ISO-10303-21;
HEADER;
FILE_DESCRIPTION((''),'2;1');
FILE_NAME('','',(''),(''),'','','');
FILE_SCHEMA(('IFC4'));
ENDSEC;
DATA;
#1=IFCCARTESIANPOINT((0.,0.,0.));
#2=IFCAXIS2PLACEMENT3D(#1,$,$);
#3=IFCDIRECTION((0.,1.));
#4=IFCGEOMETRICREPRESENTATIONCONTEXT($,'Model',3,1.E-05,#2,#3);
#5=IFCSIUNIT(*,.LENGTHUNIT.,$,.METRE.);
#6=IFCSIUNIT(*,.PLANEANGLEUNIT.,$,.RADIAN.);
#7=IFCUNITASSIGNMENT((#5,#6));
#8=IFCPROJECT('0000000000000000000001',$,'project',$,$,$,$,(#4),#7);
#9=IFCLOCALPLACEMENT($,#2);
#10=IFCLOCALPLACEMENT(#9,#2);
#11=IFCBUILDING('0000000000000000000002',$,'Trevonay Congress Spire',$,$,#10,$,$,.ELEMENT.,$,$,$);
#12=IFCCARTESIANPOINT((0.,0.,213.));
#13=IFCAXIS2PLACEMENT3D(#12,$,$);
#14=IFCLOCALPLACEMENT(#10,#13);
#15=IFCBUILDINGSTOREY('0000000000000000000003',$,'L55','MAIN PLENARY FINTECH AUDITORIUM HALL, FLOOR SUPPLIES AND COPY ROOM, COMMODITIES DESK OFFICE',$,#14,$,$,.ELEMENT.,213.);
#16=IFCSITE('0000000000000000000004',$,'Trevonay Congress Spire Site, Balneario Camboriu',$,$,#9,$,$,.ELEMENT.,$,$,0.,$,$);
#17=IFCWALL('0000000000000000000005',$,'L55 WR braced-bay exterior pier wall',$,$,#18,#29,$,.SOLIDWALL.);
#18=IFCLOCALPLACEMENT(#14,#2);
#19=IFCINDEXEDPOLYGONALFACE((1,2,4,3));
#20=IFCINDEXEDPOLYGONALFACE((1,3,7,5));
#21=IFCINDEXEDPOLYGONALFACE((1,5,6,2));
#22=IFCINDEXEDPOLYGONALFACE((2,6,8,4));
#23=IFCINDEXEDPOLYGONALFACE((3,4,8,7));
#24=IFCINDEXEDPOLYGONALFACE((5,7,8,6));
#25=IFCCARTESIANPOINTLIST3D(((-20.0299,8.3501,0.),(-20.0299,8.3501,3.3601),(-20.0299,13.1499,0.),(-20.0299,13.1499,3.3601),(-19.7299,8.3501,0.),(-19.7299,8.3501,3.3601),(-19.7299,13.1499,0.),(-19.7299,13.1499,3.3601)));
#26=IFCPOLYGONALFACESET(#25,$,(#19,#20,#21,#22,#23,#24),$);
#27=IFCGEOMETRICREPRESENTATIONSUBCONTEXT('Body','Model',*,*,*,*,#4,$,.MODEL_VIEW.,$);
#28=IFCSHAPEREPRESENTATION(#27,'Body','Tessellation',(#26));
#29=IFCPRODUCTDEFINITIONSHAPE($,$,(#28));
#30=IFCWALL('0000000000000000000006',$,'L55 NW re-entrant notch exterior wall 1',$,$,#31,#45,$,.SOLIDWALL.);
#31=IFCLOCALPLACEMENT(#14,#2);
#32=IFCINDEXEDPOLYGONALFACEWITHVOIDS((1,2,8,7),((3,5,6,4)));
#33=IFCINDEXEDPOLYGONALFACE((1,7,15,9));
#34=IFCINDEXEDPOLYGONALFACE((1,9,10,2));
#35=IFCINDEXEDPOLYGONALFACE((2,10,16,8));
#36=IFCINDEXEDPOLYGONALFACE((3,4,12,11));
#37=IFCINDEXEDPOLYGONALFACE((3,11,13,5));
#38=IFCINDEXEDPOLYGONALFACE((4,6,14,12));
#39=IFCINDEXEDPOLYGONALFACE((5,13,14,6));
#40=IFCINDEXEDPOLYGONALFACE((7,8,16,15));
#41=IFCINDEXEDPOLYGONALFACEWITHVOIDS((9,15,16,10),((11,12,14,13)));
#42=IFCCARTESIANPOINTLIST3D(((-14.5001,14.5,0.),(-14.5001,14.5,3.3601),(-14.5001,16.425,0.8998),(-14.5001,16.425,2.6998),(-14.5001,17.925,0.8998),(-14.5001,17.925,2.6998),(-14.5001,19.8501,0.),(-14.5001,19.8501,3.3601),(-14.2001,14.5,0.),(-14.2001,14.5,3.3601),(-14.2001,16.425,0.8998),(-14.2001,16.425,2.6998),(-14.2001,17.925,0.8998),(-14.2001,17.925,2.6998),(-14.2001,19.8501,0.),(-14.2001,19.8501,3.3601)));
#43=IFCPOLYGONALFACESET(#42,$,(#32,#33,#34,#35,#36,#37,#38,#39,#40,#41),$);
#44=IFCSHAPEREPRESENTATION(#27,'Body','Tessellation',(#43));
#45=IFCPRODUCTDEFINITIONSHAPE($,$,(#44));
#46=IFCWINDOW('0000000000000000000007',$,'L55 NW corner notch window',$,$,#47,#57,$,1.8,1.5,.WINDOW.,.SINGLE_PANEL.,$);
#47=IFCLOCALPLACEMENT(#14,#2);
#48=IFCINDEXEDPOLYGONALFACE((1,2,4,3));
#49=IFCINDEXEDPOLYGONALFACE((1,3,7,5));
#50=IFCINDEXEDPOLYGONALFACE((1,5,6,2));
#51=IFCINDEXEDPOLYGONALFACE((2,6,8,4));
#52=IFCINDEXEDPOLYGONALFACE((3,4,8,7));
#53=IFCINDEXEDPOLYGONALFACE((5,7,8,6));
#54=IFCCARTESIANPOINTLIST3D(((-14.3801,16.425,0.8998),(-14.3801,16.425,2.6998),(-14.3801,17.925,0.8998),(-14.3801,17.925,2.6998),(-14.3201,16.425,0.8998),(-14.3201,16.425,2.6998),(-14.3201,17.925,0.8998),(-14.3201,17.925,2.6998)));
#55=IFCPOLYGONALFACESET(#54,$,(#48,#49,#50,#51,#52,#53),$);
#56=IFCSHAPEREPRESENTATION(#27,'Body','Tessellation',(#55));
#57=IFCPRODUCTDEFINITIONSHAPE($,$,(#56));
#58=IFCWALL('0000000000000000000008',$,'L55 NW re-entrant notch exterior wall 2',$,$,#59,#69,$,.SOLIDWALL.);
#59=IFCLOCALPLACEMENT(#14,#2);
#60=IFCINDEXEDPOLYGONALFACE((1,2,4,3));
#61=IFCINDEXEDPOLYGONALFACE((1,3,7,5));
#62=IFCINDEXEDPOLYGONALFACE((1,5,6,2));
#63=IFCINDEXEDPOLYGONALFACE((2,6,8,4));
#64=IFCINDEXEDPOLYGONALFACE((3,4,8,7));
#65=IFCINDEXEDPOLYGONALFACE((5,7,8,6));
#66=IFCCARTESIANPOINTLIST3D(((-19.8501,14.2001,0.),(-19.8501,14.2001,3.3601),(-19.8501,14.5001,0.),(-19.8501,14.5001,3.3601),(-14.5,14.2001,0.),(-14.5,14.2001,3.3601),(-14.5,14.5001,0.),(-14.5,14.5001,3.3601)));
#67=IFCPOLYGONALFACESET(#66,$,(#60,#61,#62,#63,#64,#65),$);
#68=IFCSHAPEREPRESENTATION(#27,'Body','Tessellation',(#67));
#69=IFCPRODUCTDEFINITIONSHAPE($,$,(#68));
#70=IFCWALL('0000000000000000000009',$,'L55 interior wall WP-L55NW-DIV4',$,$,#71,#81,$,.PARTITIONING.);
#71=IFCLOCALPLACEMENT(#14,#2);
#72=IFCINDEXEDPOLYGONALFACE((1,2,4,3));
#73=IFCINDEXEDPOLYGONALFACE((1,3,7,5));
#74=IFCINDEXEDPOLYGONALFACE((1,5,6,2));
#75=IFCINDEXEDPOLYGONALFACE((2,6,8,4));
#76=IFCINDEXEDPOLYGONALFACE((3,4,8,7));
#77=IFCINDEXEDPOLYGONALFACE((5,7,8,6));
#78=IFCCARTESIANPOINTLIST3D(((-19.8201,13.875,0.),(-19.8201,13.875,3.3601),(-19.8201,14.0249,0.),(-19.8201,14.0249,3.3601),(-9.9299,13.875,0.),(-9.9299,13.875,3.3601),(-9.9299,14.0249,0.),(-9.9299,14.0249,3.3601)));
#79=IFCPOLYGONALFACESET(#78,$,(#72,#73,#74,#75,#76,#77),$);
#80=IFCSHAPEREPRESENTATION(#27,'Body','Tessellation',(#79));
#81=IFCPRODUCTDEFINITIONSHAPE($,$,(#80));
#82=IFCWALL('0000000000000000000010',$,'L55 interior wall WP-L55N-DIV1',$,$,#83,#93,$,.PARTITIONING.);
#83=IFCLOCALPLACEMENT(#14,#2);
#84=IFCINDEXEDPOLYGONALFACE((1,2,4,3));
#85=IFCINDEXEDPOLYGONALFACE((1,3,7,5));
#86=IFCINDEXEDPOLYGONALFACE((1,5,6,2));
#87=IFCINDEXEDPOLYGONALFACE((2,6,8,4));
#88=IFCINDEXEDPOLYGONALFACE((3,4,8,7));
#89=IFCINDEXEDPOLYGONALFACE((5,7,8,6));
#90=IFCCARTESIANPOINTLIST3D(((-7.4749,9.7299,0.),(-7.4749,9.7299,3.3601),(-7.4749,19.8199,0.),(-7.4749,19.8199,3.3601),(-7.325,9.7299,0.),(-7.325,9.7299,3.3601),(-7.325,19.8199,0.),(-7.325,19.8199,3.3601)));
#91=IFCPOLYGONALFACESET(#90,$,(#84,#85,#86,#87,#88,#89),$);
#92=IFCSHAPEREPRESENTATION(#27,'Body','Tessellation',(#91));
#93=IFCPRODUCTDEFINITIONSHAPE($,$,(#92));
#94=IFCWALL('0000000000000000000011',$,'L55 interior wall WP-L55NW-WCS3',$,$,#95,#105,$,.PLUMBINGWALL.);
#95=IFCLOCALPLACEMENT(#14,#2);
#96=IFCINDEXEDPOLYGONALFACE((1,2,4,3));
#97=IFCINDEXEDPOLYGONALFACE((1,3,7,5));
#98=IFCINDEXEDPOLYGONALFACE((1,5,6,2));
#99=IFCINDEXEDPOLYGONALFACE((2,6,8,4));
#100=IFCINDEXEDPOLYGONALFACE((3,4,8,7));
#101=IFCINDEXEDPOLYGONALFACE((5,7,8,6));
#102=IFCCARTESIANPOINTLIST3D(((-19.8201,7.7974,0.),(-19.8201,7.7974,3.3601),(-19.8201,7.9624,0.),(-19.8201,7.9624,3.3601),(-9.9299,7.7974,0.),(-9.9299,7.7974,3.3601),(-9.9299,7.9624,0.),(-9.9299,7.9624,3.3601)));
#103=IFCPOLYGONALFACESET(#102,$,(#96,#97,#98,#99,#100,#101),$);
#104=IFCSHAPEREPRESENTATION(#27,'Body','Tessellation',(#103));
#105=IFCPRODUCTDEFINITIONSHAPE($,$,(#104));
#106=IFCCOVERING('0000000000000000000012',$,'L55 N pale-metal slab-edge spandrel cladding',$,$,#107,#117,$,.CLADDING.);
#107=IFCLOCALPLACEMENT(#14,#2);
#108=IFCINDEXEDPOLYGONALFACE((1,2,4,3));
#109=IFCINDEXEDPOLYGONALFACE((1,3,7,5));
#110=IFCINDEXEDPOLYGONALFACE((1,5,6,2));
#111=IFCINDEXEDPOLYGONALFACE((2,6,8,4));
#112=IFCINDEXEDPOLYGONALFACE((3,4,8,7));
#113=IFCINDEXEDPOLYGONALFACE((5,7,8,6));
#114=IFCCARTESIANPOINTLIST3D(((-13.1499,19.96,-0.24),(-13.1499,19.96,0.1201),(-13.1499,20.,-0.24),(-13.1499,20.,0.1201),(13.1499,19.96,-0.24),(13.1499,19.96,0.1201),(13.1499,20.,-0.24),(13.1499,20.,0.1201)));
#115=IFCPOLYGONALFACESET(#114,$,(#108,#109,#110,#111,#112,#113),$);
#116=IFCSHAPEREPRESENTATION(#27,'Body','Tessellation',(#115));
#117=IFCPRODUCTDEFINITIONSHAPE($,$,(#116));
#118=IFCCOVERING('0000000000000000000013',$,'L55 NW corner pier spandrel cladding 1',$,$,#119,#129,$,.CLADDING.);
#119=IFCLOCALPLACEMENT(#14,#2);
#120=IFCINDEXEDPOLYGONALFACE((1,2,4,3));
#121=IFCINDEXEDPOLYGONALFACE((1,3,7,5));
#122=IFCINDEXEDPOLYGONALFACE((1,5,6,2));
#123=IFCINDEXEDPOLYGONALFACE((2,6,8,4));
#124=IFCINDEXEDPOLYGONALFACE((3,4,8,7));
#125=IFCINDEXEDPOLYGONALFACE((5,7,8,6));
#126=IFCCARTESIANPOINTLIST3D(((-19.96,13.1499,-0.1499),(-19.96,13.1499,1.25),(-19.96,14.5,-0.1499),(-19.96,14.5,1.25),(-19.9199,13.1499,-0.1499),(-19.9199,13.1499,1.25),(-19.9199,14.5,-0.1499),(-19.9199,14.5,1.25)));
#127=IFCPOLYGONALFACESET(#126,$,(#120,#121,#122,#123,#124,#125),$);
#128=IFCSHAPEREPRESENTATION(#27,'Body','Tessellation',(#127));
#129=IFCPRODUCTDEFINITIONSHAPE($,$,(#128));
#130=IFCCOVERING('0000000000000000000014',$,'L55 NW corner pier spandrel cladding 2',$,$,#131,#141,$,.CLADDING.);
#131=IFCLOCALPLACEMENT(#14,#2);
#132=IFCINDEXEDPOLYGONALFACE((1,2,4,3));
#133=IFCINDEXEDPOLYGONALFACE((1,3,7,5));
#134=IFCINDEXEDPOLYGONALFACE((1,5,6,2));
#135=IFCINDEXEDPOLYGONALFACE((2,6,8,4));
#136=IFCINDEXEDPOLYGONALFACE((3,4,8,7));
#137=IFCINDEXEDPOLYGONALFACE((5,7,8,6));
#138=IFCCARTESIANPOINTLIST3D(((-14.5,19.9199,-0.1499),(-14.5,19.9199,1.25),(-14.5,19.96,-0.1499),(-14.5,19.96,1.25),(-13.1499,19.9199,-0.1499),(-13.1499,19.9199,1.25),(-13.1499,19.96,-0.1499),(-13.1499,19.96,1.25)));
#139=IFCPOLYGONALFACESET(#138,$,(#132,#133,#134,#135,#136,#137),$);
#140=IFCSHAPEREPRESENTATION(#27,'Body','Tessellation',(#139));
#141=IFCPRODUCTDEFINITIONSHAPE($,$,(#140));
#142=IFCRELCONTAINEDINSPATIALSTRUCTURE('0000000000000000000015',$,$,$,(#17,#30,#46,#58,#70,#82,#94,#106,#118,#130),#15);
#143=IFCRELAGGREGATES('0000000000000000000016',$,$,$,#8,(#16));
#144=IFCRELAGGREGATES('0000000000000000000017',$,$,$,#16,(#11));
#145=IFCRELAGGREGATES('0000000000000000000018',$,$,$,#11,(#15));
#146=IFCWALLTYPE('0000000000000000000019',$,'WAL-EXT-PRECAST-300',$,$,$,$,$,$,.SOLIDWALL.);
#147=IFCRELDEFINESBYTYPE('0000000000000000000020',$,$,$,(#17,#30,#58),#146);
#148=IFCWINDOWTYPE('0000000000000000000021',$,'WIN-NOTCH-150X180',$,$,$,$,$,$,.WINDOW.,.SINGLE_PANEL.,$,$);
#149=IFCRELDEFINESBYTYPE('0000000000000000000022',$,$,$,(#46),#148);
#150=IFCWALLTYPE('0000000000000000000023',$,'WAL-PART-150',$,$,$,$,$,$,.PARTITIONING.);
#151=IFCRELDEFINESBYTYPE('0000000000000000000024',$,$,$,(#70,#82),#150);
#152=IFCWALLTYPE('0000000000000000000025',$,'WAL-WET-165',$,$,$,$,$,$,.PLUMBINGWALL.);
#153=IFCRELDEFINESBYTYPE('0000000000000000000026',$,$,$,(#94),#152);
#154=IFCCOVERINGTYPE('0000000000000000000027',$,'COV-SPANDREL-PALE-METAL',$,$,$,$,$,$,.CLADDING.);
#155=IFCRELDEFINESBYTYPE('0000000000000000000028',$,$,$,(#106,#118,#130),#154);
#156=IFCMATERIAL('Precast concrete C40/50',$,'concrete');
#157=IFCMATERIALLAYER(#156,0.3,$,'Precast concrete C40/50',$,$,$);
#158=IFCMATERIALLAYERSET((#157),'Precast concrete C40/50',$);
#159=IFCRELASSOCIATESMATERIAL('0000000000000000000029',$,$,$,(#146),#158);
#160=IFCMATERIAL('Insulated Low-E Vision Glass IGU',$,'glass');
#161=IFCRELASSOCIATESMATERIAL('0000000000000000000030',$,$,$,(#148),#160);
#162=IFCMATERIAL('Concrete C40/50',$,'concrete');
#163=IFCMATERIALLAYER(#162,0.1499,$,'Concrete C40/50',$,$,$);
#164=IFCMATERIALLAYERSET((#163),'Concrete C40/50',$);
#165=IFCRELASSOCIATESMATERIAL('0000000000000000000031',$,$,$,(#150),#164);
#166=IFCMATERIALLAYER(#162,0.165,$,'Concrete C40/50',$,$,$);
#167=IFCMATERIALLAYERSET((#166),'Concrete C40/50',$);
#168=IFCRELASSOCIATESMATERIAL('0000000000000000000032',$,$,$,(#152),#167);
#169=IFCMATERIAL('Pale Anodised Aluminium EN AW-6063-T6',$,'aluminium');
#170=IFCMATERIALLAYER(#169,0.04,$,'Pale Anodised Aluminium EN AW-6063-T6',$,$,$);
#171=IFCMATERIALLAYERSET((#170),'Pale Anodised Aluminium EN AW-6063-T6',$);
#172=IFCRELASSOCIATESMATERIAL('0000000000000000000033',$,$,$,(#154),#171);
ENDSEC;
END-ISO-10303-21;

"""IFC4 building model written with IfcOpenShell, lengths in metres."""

from ifc_helpers import new_model, si_unit, direction, frame, frame_2d, origin, place, context, subcontext, project, spatial, rectangle, extrude, material, layer, layer_set, type_object, element, fill, save


model = new_model("IFC4")

# Units and contexts
model_context = context("Model", 3, precision=1e-05, world=origin(), true_north=direction((0.0, 1.0)))
body_context = subcontext(model_context, "Body", "Model", "MODEL_VIEW")
ifc_project = project(units=[si_unit("LENGTHUNIT", "METRE"), si_unit("PLANEANGLEUNIT", "RADIAN")], contexts=[model_context])

# Site, building, storey
site_placement = place(None, origin())
site = spatial("IfcSite", under=ifc_project, at=site_placement, Name="Trevonay Congress Spire Site, Balneario Camboriu", CompositionType="ELEMENT", RefElevation=0.0)
building_placement = place(site_placement, origin())
building = spatial("IfcBuilding", under=site, at=building_placement, Name="Trevonay Congress Spire", CompositionType="ELEMENT")
storey_placement = place(building_placement, frame((0.0, 0.0, 213.0)))
storey = spatial("IfcBuildingStorey", under=building, at=storey_placement, Name="L55", Description="MAIN PLENARY FINTECH AUDITORIUM HALL, FLOOR SUPPLIES AND COPY ROOM, COMMODITIES DESK OFFICE", CompositionType="ELEMENT", Elevation=213.0)

# Shared definitions
ifc_material_1 = material(Name="Pale Anodised Aluminium EN AW-6063-T6", Category="aluminium")

# Shared definitions
ifc_material_2 = material(Name="Insulated Low-E Vision Glass IGU", Category="glass")

# Shared definitions
ifc_material_3 = material(Name="Concrete C40/50", Category="concrete")

# Wall
ifc_material_4 = material(Name="Precast concrete C40/50", Category="concrete")
ifc_layer_1 = layer(ifc_material_4, 0.3, Name="Precast concrete C40/50")
ifc_layer_set_1 = layer_set([ifc_layer_1], Name="Precast concrete C40/50")
wall_type_1 = type_object("IfcWallType", Name="WAL-EXT-PRECAST-300", PredefinedType="SOLIDWALL", material=ifc_layer_set_1)
for number, where, z_axis, x_axis, name in (
    (1, (-19.8799, 8.3501, 0.0), (0.0, 0.0, 1.0), (0.0, 1.0, 0.0), "L55 WR braced-bay exterior pier wall"),
):
    element("IfcWall", number, at=place(storey_placement, frame(where, z_axis=z_axis, x_axis=x_axis)), inside=storey, type_object=wall_type_1, Name=name, PredefinedType="SOLIDWALL", context=body_context, shape_type="SweptSolid", body=[
        extrude(rectangle(XDim=4.7998, YDim=0.3, at=frame_2d((2.3999, 0.0))), origin(), (0.0, 0.0, 1.0), 3.3601),
    ])

# Wall, opening, window
wall_1_placement = place(storey_placement, frame((-14.3501, 19.8501, 0.0), z_axis=(0.0, 0.0, 1.0), x_axis=(0.0, -1.0, 0.0)))
wall_1 = element("IfcWall", 2, at=wall_1_placement, inside=storey, type_object=wall_type_1, Name="L55 NW re-entrant notch exterior wall 1", PredefinedType="SOLIDWALL", context=body_context, shape_type="SweptSolid", body=[
    extrude(rectangle(XDim=5.3501, YDim=0.3, at=frame_2d((2.675, 0.0))), origin(), (0.0, 0.0, 1.0), 3.3601),
])
opening_1_placement = place(wall_1_placement, frame((1.925, 0.0, 0.8999)))
opening_1 = element("IfcOpeningElement", 3, at=opening_1_placement, cuts=wall_1, PredefinedType="OPENING", context=body_context, shape_type="SweptSolid", body=[
    extrude(rectangle(XDim=1.5, YDim=1.8, at=frame_2d((0.75, 0.8999))), frame((0.0, 0.1602, 0.0), z_axis=(0.0, -1.0, 0.0), x_axis=(1.0, 0.0, 0.0)), (0.0, 0.0, 1.0), 0.3201),
])
window_type = type_object("IfcWindowType", Name="WIN-NOTCH-150X180", PartitioningType="SINGLE_PANEL", PredefinedType="WINDOW", material=ifc_material_2)
window_placement = place(opening_1_placement, origin())
window = element("IfcWindow", 4, at=window_placement, inside=storey, type_object=window_type, Name="L55 NW corner notch window", OverallHeight=1.8, OverallWidth=1.5, PartitioningType="SINGLE_PANEL", PredefinedType="WINDOW", context=body_context, shape_type="SweptSolid", body=[
    extrude(rectangle(XDim=1.5, YDim=1.8, at=frame_2d((0.75, 0.8999))), frame((0.0, 0.03, 0.0), z_axis=(0.0, -1.0, 0.0), x_axis=(1.0, 0.0, 0.0)), (0.0, 0.0, 1.0), 0.0601),
])
fill(opening_1, window)

# Walls
wall_2_placement = place(storey_placement, frame((-19.8501, 14.3501, 0.0), z_axis=(0.0, 0.0, 1.0), x_axis=(1.0, 0.0, 0.0)))
element("IfcWall", 5, at=wall_2_placement, inside=storey, type_object=wall_type_1, Name="L55 NW re-entrant notch exterior wall 2", PredefinedType="SOLIDWALL", context=body_context, shape_type="SweptSolid", body=[
    extrude(rectangle(XDim=5.3501, YDim=0.3, at=frame_2d((2.675, 0.0))), origin(), (0.0, 0.0, 1.0), 3.3601),
])
ifc_layer_2 = layer(ifc_material_3, 0.1499, Name="Concrete C40/50")
ifc_layer_set_2 = layer_set([ifc_layer_2], Name="Concrete C40/50")
wall_type_2 = type_object("IfcWallType", Name="WAL-PART-150", PredefinedType="PARTITIONING", material=ifc_layer_set_2)
wall_3_placement = place(storey_placement, frame((-19.8201, 13.95, 0.0), z_axis=(0.0, 0.0, 1.0), x_axis=(1.0, 0.0, 0.0)))
element("IfcWall", 6, at=wall_3_placement, inside=storey, type_object=wall_type_2, Name="L55 interior wall WP-L55NW-DIV4", PredefinedType="PARTITIONING", context=body_context, shape_type="SweptSolid", body=[
    extrude(rectangle(XDim=9.8901, YDim=0.1499, at=frame_2d((4.9451, 0.0))), origin(), (0.0, 0.0, 1.0), 3.3601),
])
wall_4_placement = place(storey_placement, frame((-7.3999, 9.73, 0.0), z_axis=(0.0, 0.0, 1.0), x_axis=(0.0, 1.0, 0.0)))
element("IfcWall", 7, at=wall_4_placement, inside=storey, type_object=wall_type_2, Name="L55 interior wall WP-L55N-DIV1", PredefinedType="PARTITIONING", context=body_context, shape_type="SweptSolid", body=[
    extrude(rectangle(XDim=10.0901, YDim=0.1499, at=frame_2d((5.0449, 0.0))), origin(), (0.0, 0.0, 1.0), 3.3601),
])
ifc_layer_3 = layer(ifc_material_3, 0.165, Name="Concrete C40/50")
ifc_layer_set_3 = layer_set([ifc_layer_3], Name="Concrete C40/50")
wall_type_3 = type_object("IfcWallType", Name="WAL-WET-165", PredefinedType="PLUMBINGWALL", material=ifc_layer_set_3)
wall_5_placement = place(storey_placement, frame((-19.8201, 7.8799, 0.0), z_axis=(0.0, 0.0, 1.0), x_axis=(1.0, 0.0, 0.0)))
element("IfcWall", 8, at=wall_5_placement, inside=storey, type_object=wall_type_3, Name="L55 interior wall WP-L55NW-WCS3", PredefinedType="PLUMBINGWALL", context=body_context, shape_type="SweptSolid", body=[
    extrude(rectangle(XDim=9.8901, YDim=0.165, at=frame_2d((4.9451, 0.0))), origin(), (0.0, 0.0, 1.0), 3.3601),
])

# Coverings
ifc_layer_4 = layer(ifc_material_1, 0.04, Name="Pale Anodised Aluminium EN AW-6063-T6")
ifc_layer_set_4 = layer_set([ifc_layer_4], Name="Pale Anodised Aluminium EN AW-6063-T6")
covering_type = type_object("IfcCoveringType", Name="COV-SPANDREL-PALE-METAL", PredefinedType="CLADDING", material=ifc_layer_set_4)
covering_placement = place(storey_placement, frame((-13.1499, 19.98, -0.24), z_axis=(0.0, 0.0, 1.0), x_axis=(1.0, 0.0, 0.0)))
element("IfcCovering", 9, at=covering_placement, inside=storey, type_object=covering_type, Name="L55 N pale-metal slab-edge spandrel cladding", PredefinedType="CLADDING", context=body_context, shape_type="SweptSolid", body=[
    extrude(rectangle(XDim=26.2998, YDim=0.04, at=frame_2d((13.1499, 0.0))), origin(), (0.0, 0.0, 1.0), 0.3601),
])
for number, where, z_axis, x_axis, name in (
    (10, (-19.9399, 13.1499, -0.1499), (0.0, 0.0, 1.0), (0.0, 1.0, 0.0), "L55 NW corner pier spandrel cladding 1"),
    (11, (-13.1499, 19.9399, -0.1499), (0.0, 0.0, 1.0), (-1.0, 0.0, 0.0), "L55 NW corner pier spandrel cladding 2"),
):
    element("IfcCovering", number, at=place(storey_placement, frame(where, z_axis=z_axis, x_axis=x_axis)), inside=storey, type_object=covering_type, Name=name, PredefinedType="CLADDING", context=body_context, shape_type="SweptSolid", body=[
        extrude(rectangle(XDim=1.3501, YDim=0.04, at=frame_2d((0.675, 0.0))), origin(), (0.0, 0.0, 1.0), 1.3999),
    ])

save(model, "model.ifc")
